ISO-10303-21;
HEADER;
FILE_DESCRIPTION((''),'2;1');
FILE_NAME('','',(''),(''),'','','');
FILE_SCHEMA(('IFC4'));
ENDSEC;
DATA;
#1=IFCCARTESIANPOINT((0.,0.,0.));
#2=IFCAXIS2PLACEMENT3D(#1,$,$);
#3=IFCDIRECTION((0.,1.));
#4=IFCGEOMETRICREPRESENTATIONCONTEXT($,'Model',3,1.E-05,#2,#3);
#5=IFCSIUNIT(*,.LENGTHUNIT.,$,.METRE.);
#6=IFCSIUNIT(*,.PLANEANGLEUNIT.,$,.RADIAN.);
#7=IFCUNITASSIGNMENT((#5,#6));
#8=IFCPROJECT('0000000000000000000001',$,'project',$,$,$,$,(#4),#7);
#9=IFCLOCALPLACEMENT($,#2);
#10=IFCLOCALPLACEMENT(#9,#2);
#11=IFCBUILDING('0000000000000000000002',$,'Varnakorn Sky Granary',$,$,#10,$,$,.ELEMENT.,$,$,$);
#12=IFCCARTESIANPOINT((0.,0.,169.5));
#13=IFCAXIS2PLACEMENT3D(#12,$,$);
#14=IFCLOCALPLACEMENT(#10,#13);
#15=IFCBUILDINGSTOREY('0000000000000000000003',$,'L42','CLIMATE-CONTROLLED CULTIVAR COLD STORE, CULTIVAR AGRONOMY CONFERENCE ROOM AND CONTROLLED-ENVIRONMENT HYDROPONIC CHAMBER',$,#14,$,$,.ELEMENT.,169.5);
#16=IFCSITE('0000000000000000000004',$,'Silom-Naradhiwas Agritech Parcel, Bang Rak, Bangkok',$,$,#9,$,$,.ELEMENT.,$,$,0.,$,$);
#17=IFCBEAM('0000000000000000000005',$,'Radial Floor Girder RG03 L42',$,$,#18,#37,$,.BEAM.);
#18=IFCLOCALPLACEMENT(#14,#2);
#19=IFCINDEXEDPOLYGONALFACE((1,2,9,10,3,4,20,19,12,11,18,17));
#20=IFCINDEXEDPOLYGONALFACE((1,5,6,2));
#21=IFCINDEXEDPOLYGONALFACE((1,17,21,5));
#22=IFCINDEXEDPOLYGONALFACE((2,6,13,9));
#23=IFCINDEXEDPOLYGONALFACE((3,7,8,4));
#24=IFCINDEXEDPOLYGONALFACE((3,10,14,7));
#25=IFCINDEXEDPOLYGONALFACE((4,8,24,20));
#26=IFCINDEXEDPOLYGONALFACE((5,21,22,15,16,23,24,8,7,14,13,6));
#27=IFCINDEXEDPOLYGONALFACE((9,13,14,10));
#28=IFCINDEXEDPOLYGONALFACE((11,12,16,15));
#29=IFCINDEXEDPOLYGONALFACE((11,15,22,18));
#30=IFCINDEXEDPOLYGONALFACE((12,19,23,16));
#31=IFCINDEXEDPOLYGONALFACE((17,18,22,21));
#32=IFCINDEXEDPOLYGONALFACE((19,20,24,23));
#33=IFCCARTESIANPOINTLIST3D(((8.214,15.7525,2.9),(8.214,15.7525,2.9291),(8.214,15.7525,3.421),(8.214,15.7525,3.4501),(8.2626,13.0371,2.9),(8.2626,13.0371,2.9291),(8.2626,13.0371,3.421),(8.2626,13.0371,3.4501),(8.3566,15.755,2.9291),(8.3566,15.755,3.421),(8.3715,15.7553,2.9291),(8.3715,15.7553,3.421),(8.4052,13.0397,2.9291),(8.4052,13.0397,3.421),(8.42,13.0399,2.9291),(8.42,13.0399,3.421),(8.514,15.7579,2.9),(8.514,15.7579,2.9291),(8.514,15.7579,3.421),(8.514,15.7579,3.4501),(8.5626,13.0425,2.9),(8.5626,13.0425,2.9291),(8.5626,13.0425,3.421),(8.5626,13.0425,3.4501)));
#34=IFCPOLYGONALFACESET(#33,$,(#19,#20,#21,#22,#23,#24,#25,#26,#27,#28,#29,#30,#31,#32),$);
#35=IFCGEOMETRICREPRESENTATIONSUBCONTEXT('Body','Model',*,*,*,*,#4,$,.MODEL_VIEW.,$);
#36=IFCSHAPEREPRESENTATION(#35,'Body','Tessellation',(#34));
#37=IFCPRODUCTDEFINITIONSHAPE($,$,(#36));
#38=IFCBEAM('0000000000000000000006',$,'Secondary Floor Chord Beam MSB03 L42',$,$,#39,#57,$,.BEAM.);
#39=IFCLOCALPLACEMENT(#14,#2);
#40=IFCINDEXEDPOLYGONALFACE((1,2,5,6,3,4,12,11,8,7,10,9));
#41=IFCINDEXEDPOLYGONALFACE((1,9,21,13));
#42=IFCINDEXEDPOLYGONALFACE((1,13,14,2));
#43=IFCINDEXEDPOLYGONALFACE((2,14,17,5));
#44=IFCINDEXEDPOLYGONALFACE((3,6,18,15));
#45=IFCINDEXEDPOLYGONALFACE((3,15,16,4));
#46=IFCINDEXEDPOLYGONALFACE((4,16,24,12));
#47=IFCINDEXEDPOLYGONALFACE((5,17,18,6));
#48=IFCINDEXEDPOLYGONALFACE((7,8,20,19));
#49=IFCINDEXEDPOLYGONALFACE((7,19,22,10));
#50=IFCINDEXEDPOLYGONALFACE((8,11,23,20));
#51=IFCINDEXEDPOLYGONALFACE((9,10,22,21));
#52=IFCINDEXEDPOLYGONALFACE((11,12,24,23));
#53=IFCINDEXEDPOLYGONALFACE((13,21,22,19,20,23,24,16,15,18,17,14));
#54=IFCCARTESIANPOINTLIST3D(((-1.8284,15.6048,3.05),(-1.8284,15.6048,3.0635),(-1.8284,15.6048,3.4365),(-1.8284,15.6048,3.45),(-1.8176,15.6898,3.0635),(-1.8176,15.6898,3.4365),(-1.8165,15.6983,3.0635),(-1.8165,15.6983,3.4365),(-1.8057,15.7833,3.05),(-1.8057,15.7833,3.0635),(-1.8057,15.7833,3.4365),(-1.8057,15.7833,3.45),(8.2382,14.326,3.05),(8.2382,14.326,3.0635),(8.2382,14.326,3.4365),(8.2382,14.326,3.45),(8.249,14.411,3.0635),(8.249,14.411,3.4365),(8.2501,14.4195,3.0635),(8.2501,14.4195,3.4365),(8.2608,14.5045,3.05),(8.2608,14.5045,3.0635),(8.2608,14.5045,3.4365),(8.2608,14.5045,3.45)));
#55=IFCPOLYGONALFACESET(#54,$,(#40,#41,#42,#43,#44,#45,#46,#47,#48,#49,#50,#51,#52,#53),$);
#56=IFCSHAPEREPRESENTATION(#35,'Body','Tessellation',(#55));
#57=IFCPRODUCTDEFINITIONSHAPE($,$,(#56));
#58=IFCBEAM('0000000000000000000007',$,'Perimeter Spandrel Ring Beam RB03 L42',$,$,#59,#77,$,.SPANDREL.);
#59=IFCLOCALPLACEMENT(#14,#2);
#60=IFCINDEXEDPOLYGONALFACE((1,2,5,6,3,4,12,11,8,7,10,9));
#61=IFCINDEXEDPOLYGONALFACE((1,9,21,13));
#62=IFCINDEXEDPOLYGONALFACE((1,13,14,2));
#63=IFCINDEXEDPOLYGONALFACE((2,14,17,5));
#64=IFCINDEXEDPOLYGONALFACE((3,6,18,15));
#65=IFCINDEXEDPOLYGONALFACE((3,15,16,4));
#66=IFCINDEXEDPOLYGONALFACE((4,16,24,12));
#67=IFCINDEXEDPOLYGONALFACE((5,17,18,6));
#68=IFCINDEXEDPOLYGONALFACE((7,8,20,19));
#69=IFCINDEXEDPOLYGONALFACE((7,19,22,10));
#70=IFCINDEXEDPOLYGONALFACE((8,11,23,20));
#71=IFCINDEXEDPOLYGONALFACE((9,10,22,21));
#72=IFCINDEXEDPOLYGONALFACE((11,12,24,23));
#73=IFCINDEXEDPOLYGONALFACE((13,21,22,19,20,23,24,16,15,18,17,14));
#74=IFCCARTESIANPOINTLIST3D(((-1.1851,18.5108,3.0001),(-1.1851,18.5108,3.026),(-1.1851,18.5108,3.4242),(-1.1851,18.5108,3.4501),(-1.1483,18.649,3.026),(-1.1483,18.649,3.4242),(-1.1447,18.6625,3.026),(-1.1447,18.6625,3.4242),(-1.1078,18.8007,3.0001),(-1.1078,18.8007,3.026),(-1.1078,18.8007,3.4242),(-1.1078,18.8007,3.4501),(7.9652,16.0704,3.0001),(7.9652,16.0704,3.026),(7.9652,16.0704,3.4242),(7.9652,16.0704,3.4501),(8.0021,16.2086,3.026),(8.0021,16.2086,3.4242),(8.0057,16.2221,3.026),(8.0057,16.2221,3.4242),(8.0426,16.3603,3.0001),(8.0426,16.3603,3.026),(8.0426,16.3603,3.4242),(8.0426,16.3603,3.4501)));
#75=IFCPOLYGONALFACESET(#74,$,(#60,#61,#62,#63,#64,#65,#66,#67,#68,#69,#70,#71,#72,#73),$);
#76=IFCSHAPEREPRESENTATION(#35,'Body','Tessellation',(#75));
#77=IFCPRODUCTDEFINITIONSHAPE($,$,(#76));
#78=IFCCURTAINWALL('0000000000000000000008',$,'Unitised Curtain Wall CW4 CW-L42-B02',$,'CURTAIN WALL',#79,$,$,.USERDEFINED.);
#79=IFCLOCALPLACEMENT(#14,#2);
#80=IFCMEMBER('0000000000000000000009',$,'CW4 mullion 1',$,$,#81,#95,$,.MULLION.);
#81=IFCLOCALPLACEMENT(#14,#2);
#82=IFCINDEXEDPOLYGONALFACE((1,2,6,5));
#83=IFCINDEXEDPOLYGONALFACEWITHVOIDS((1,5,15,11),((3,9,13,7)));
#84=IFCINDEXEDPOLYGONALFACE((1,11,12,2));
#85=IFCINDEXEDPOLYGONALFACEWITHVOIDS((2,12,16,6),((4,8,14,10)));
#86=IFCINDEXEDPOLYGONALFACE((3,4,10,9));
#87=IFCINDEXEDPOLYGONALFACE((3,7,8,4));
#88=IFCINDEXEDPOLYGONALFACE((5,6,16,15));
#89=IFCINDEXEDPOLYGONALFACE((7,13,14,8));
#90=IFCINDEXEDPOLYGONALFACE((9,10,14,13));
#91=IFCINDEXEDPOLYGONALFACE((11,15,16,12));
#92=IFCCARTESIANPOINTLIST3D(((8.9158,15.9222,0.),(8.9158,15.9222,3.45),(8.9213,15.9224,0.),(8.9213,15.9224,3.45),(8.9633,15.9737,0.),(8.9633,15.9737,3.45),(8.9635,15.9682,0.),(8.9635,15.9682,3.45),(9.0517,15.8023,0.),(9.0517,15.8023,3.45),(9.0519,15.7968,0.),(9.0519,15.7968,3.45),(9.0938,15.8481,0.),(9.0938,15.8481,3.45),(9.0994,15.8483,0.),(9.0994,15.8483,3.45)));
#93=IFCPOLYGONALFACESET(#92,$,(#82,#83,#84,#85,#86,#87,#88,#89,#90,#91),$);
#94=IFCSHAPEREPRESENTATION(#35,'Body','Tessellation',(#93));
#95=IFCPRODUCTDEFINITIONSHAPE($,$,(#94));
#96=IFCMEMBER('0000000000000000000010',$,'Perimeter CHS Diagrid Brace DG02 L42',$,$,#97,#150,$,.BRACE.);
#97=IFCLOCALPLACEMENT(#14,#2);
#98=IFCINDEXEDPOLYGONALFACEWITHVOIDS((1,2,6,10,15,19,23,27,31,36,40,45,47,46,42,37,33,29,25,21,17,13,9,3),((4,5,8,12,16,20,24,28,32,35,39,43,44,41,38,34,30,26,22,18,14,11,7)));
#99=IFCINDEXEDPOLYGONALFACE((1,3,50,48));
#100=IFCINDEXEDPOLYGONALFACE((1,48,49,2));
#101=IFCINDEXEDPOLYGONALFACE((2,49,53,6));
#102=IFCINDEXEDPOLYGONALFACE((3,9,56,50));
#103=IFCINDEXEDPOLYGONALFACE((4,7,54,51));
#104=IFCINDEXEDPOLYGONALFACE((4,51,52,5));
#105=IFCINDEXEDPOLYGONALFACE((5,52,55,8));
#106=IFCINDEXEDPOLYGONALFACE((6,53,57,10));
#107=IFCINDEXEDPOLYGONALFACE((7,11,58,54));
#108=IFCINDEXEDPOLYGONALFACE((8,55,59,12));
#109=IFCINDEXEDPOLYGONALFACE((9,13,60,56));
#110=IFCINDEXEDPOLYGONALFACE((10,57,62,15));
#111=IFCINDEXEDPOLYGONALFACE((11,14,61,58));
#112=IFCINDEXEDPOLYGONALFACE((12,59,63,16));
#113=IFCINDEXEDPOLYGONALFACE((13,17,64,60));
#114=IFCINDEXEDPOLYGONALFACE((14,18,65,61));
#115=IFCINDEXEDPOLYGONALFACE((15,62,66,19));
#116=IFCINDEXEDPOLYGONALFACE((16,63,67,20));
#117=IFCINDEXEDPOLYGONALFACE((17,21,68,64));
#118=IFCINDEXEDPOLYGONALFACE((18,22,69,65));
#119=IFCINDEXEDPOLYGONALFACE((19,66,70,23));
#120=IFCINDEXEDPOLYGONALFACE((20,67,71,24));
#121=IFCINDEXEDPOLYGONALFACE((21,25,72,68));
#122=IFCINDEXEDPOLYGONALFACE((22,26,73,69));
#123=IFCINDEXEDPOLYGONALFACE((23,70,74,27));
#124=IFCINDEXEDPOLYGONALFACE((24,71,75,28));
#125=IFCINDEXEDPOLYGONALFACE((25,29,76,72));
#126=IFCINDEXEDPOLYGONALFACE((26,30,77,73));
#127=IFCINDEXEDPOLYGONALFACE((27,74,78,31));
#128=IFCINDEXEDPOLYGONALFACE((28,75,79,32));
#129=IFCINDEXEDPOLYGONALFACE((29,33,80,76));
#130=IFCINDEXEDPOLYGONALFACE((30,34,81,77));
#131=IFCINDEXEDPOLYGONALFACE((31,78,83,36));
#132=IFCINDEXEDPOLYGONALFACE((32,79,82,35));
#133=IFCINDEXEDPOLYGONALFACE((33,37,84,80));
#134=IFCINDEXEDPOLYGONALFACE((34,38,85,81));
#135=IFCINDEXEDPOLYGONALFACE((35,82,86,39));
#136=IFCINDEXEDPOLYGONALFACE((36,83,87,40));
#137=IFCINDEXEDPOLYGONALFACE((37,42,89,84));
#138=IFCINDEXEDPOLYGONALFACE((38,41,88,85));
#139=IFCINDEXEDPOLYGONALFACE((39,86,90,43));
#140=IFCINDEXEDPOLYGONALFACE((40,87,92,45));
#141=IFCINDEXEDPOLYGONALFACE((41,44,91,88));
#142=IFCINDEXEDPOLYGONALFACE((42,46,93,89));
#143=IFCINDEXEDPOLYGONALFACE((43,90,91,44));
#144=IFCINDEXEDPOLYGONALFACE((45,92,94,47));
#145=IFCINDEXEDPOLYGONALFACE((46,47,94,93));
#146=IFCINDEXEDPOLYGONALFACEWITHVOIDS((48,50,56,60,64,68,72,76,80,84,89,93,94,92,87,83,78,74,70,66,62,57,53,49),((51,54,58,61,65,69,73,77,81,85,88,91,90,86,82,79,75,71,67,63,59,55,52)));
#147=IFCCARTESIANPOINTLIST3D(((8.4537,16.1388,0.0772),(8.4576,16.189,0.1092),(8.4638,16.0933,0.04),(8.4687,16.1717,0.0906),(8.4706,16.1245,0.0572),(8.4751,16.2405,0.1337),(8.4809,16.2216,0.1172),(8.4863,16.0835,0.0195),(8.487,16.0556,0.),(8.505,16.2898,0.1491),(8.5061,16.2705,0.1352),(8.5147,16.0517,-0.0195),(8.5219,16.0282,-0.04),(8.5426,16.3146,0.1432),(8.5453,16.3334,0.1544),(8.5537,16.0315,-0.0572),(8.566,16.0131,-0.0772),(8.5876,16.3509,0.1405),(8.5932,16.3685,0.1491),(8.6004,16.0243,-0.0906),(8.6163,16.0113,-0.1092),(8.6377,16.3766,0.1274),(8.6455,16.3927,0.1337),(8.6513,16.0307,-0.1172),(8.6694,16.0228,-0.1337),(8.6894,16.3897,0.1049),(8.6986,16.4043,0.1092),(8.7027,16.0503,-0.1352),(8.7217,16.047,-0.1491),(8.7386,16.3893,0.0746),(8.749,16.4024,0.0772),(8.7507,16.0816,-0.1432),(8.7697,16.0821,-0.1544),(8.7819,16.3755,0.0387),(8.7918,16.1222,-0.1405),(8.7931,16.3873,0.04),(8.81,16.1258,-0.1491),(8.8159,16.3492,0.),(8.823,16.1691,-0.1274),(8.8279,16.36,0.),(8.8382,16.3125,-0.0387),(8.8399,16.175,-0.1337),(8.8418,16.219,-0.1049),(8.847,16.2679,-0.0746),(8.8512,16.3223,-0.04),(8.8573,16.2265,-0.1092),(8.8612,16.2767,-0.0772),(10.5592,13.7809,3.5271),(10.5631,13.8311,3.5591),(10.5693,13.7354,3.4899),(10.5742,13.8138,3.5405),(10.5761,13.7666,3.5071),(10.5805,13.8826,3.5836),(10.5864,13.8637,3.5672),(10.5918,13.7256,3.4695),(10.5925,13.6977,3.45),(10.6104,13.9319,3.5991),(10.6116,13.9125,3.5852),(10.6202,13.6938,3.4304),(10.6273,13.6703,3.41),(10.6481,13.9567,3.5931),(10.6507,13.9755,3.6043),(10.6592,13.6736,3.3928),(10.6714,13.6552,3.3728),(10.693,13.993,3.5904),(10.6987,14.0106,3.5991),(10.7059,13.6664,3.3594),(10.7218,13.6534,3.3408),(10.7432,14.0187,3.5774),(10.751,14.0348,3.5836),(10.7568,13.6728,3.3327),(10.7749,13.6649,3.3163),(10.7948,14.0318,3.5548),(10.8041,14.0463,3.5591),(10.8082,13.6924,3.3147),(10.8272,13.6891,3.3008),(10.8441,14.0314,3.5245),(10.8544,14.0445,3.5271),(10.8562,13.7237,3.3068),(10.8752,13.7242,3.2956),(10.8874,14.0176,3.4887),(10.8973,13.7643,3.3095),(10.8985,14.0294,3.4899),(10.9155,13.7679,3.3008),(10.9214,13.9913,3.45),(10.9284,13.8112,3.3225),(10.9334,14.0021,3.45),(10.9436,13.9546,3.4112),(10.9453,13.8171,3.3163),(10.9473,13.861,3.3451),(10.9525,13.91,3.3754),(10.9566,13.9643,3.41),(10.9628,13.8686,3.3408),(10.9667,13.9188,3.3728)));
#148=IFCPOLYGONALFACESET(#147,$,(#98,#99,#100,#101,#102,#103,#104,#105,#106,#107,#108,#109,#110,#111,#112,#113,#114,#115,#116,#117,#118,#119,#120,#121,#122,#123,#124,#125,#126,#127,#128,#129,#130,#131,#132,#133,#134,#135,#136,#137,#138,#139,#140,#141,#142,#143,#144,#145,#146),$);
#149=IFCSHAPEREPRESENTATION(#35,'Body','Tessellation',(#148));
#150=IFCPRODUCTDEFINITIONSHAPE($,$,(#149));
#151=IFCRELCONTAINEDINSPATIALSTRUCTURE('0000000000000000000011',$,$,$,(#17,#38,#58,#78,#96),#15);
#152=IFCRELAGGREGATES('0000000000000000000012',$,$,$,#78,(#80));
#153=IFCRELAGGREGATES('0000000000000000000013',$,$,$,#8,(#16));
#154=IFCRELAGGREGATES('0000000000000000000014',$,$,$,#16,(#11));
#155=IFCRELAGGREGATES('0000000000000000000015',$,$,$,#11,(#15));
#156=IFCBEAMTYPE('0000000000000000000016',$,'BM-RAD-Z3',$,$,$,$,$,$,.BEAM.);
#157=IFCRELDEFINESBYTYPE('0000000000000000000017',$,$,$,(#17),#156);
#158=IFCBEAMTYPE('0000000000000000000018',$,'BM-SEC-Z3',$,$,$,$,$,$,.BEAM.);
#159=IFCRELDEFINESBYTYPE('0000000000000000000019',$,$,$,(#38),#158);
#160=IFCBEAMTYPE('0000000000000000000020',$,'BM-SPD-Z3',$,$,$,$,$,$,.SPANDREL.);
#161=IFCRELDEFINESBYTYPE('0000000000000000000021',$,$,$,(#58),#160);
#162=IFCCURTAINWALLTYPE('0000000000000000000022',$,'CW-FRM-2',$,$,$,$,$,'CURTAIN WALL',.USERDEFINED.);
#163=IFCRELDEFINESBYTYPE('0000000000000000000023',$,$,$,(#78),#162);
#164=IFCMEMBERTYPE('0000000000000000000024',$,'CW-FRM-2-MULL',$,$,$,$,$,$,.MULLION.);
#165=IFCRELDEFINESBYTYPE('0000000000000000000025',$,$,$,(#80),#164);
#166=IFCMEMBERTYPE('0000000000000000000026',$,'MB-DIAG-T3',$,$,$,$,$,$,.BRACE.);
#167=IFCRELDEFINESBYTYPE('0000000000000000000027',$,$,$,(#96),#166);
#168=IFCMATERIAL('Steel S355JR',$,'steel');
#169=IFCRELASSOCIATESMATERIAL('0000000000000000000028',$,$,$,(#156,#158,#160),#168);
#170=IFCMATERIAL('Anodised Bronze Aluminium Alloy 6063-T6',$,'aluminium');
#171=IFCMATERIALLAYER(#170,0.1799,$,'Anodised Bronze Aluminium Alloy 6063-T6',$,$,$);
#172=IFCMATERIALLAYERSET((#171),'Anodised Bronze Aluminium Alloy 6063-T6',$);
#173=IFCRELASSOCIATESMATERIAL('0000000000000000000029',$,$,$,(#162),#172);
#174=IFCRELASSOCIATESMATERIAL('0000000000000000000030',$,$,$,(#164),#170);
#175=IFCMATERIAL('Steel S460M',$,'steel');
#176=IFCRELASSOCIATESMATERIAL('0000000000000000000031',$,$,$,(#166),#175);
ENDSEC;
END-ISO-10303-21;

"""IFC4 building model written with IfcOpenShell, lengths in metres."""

from ifc_helpers import new_model, si_unit, direction, frame, origin, origin_2d, place, context, subcontext, project, spatial, hollow_rectangle, hollow_circle, i_section, extrude, material, layer, layer_set, material_profile, profile_set, type_object, element, aggregate, save


model = new_model("IFC4")

# Units and contexts
model_context = context("Model", 3, precision=1e-05, world=origin(), true_north=direction((0.0, 1.0)))
body_context = subcontext(model_context, "Body", "Model", "MODEL_VIEW")
ifc_project = project(units=[si_unit("LENGTHUNIT", "METRE"), si_unit("PLANEANGLEUNIT", "RADIAN")], contexts=[model_context])

# Site, building, storey
site_placement = place(None, origin())
site = spatial("IfcSite", under=ifc_project, at=site_placement, Name="Silom-Naradhiwas Agritech Parcel, Bang Rak, Bangkok", CompositionType="ELEMENT", RefElevation=0.0)
building_placement = place(site_placement, origin())
building = spatial("IfcBuilding", under=site, at=building_placement, Name="Varnakorn Sky Granary", CompositionType="ELEMENT")
storey_placement = place(building_placement, frame((0.0, 0.0, 169.5)))
storey = spatial("IfcBuildingStorey", under=building, at=storey_placement, Name="L42", Description="CLIMATE-CONTROLLED CULTIVAR COLD STORE, CULTIVAR AGRONOMY CONFERENCE ROOM AND CONTROLLED-ENVIRONMENT HYDROPONIC CHAMBER", CompositionType="ELEMENT", Elevation=169.5)

# Shared definitions
ifc_material_1 = material(Name="Steel S460M", Category="steel")

# Beams
ifc_material_2 = material(Name="Steel S355JR", Category="steel")
ifc_material_profile_1 = material_profile(ifc_material_2, i_section(OverallWidth=0.3, OverallDepth=0.55, WebThickness=0.0149, FlangeThickness=0.0291, at=origin_2d()), Name="HE 550 B")
ifc_profile_set_1 = profile_set([ifc_material_profile_1], Name="Steel S355JR")
beam_type_1 = type_object("IfcBeamType", Name="BM-RAD-Z3", PredefinedType="BEAM", material=ifc_profile_set_1)
beam_1_placement = place(storey_placement, frame((8.4126, 13.0398, 3.175), z_axis=(-0.01789, 0.99984, 0.0), x_axis=(-0.99984, -0.01789, 0.0)))
element("IfcBeam", 1, at=beam_1_placement, inside=storey, type_object=beam_type_1, Name="Radial Floor Girder RG03 L42", PredefinedType="BEAM", context=body_context, shape_type="SweptSolid", body=[
    extrude(i_section(OverallWidth=0.3, OverallDepth=0.55, WebThickness=0.0149, FlangeThickness=0.0291, at=origin_2d()), origin(), (0.0, 0.0, 1.0), 2.7158),
])
ifc_material_profile_2 = material_profile(ifc_material_2, i_section(OverallWidth=0.1799, OverallDepth=0.3999, WebThickness=0.0085, FlangeThickness=0.0134, at=origin_2d()), Name="IPE 400")
ifc_profile_set_2 = profile_set([ifc_material_profile_2], Name="Steel S355JR")
beam_type_2 = type_object("IfcBeamType", Name="BM-SEC-Z3", PredefinedType="BEAM", material=ifc_profile_set_2)
beam_2_placement = place(storey_placement, frame((8.2495, 14.4153, 3.25), z_axis=(-0.992028, 0.126021, 0.0), x_axis=(-0.126021, -0.992028, 0.0)))
element("IfcBeam", 2, at=beam_2_placement, inside=storey, type_object=beam_type_2, Name="Secondary Floor Chord Beam MSB03 L42", PredefinedType="BEAM", context=body_context, shape_type="SweptSolid", body=[
    extrude(i_section(OverallWidth=0.1799, OverallDepth=0.3999, WebThickness=0.0085, FlangeThickness=0.0134, at=origin_2d()), origin(), (0.0, 0.0, 1.0), 10.1475),
])
ifc_material_profile_3 = material_profile(ifc_material_2, i_section(OverallWidth=0.3, OverallDepth=0.45, WebThickness=0.0139, FlangeThickness=0.0259, at=origin_2d()), Name="HE 450 B")
ifc_profile_set_3 = profile_set([ifc_material_profile_3], Name="Steel S355JR")
beam_type_3 = type_object("IfcBeamType", Name="BM-SPD-Z3", PredefinedType="SPANDREL", material=ifc_profile_set_3)
beam_3_placement = place(storey_placement, frame((8.0039, 16.2153, 3.2251), z_axis=(-0.966226, 0.257695, 0.0), x_axis=(-0.257695, -0.966226, 0.0)))
element("IfcBeam", 3, at=beam_3_placement, inside=storey, type_object=beam_type_3, Name="Perimeter Spandrel Ring Beam RB03 L42", PredefinedType="SPANDREL", context=body_context, shape_type="SweptSolid", body=[
    extrude(i_section(OverallWidth=0.3, OverallDepth=0.45, WebThickness=0.0139, FlangeThickness=0.0259, at=origin_2d()), origin(), (0.0, 0.0, 1.0), 9.4702),
])

# Curtain wall, member
ifc_material_3 = material(Name="Anodised Bronze Aluminium Alloy 6063-T6", Category="aluminium")
ifc_layer_1 = layer(ifc_material_3, 0.1799, Name="Anodised Bronze Aluminium Alloy 6063-T6")
ifc_layer_set_1 = layer_set([ifc_layer_1], Name="Anodised Bronze Aluminium Alloy 6063-T6")
curtain_wall_type = type_object("IfcCurtainWallType", Name="CW-FRM-2", ElementType="CURTAIN WALL", PredefinedType="USERDEFINED", material=ifc_layer_set_1)
curtain_wall_placement = place(storey_placement, origin())
curtain_wall = element("IfcCurtainWall", 4, at=curtain_wall_placement, inside=storey, type_object=curtain_wall_type, Name="Unitised Curtain Wall CW4 CW-L42-B02", ObjectType="CURTAIN WALL", PredefinedType="USERDEFINED")
ifc_material_profile_4 = material_profile(ifc_material_3, hollow_rectangle(XDim=0.0701, YDim=0.1851, WallThickness=0.0039, at=origin_2d()), Name="ALU MULL 70x185")
ifc_profile_set_4 = profile_set([ifc_material_profile_4], Name="Anodised Bronze Aluminium Alloy 6063-T6")
member_type_1 = type_object("IfcMemberType", Name="CW-FRM-2-MULL", PredefinedType="MULLION", material=ifc_profile_set_4)
member_1_placement = place(storey_placement, frame((9.0076, 15.8853, 0.0), z_axis=(0.0, 0.0, 1.0), x_axis=(0.677548, 0.735479, 0.0)))
member_1 = element("IfcMember", 5, at=member_1_placement, type_object=member_type_1, Name="CW4 mullion 1", PredefinedType="MULLION", context=body_context, shape_type="SweptSolid", body=[
    extrude(hollow_rectangle(XDim=0.0701, YDim=0.1851, WallThickness=0.0039, at=origin_2d()), origin(), (0.0, 0.0, 1.0), 3.45),
])
aggregate(curtain_wall, [member_1])

# Member
ifc_material_profile_5 = material_profile(ifc_material_1, hollow_circle(Radius=0.2285, WallThickness=0.0161, at=origin_2d()), Name="CHS 457x16")
ifc_profile_set_5 = profile_set([ifc_material_profile_5], Name="Steel S460M")
member_type_2 = type_object("IfcMemberType", Name="MB-DIAG-T3", PredefinedType="BRACE", material=ifc_profile_set_5)
member_2_placement = place(storey_placement, frame((8.6575, 16.2078, 0.0), z_axis=(0.449964, -0.503913, 0.737295), x_axis=(0.745908, 0.66605, 0.0)))
element("IfcMember", 6, at=member_2_placement, inside=storey, type_object=member_type_2, Name="Perimeter CHS Diagrid Brace DG02 L42", PredefinedType="BRACE", context=body_context, shape_type="SweptSolid", body=[
    extrude(hollow_circle(Radius=0.2285, WallThickness=0.0161, at=origin_2d()), origin(), (0.0, 0.0, 1.0), 4.6792),
])

save(model, "model.ifc")
